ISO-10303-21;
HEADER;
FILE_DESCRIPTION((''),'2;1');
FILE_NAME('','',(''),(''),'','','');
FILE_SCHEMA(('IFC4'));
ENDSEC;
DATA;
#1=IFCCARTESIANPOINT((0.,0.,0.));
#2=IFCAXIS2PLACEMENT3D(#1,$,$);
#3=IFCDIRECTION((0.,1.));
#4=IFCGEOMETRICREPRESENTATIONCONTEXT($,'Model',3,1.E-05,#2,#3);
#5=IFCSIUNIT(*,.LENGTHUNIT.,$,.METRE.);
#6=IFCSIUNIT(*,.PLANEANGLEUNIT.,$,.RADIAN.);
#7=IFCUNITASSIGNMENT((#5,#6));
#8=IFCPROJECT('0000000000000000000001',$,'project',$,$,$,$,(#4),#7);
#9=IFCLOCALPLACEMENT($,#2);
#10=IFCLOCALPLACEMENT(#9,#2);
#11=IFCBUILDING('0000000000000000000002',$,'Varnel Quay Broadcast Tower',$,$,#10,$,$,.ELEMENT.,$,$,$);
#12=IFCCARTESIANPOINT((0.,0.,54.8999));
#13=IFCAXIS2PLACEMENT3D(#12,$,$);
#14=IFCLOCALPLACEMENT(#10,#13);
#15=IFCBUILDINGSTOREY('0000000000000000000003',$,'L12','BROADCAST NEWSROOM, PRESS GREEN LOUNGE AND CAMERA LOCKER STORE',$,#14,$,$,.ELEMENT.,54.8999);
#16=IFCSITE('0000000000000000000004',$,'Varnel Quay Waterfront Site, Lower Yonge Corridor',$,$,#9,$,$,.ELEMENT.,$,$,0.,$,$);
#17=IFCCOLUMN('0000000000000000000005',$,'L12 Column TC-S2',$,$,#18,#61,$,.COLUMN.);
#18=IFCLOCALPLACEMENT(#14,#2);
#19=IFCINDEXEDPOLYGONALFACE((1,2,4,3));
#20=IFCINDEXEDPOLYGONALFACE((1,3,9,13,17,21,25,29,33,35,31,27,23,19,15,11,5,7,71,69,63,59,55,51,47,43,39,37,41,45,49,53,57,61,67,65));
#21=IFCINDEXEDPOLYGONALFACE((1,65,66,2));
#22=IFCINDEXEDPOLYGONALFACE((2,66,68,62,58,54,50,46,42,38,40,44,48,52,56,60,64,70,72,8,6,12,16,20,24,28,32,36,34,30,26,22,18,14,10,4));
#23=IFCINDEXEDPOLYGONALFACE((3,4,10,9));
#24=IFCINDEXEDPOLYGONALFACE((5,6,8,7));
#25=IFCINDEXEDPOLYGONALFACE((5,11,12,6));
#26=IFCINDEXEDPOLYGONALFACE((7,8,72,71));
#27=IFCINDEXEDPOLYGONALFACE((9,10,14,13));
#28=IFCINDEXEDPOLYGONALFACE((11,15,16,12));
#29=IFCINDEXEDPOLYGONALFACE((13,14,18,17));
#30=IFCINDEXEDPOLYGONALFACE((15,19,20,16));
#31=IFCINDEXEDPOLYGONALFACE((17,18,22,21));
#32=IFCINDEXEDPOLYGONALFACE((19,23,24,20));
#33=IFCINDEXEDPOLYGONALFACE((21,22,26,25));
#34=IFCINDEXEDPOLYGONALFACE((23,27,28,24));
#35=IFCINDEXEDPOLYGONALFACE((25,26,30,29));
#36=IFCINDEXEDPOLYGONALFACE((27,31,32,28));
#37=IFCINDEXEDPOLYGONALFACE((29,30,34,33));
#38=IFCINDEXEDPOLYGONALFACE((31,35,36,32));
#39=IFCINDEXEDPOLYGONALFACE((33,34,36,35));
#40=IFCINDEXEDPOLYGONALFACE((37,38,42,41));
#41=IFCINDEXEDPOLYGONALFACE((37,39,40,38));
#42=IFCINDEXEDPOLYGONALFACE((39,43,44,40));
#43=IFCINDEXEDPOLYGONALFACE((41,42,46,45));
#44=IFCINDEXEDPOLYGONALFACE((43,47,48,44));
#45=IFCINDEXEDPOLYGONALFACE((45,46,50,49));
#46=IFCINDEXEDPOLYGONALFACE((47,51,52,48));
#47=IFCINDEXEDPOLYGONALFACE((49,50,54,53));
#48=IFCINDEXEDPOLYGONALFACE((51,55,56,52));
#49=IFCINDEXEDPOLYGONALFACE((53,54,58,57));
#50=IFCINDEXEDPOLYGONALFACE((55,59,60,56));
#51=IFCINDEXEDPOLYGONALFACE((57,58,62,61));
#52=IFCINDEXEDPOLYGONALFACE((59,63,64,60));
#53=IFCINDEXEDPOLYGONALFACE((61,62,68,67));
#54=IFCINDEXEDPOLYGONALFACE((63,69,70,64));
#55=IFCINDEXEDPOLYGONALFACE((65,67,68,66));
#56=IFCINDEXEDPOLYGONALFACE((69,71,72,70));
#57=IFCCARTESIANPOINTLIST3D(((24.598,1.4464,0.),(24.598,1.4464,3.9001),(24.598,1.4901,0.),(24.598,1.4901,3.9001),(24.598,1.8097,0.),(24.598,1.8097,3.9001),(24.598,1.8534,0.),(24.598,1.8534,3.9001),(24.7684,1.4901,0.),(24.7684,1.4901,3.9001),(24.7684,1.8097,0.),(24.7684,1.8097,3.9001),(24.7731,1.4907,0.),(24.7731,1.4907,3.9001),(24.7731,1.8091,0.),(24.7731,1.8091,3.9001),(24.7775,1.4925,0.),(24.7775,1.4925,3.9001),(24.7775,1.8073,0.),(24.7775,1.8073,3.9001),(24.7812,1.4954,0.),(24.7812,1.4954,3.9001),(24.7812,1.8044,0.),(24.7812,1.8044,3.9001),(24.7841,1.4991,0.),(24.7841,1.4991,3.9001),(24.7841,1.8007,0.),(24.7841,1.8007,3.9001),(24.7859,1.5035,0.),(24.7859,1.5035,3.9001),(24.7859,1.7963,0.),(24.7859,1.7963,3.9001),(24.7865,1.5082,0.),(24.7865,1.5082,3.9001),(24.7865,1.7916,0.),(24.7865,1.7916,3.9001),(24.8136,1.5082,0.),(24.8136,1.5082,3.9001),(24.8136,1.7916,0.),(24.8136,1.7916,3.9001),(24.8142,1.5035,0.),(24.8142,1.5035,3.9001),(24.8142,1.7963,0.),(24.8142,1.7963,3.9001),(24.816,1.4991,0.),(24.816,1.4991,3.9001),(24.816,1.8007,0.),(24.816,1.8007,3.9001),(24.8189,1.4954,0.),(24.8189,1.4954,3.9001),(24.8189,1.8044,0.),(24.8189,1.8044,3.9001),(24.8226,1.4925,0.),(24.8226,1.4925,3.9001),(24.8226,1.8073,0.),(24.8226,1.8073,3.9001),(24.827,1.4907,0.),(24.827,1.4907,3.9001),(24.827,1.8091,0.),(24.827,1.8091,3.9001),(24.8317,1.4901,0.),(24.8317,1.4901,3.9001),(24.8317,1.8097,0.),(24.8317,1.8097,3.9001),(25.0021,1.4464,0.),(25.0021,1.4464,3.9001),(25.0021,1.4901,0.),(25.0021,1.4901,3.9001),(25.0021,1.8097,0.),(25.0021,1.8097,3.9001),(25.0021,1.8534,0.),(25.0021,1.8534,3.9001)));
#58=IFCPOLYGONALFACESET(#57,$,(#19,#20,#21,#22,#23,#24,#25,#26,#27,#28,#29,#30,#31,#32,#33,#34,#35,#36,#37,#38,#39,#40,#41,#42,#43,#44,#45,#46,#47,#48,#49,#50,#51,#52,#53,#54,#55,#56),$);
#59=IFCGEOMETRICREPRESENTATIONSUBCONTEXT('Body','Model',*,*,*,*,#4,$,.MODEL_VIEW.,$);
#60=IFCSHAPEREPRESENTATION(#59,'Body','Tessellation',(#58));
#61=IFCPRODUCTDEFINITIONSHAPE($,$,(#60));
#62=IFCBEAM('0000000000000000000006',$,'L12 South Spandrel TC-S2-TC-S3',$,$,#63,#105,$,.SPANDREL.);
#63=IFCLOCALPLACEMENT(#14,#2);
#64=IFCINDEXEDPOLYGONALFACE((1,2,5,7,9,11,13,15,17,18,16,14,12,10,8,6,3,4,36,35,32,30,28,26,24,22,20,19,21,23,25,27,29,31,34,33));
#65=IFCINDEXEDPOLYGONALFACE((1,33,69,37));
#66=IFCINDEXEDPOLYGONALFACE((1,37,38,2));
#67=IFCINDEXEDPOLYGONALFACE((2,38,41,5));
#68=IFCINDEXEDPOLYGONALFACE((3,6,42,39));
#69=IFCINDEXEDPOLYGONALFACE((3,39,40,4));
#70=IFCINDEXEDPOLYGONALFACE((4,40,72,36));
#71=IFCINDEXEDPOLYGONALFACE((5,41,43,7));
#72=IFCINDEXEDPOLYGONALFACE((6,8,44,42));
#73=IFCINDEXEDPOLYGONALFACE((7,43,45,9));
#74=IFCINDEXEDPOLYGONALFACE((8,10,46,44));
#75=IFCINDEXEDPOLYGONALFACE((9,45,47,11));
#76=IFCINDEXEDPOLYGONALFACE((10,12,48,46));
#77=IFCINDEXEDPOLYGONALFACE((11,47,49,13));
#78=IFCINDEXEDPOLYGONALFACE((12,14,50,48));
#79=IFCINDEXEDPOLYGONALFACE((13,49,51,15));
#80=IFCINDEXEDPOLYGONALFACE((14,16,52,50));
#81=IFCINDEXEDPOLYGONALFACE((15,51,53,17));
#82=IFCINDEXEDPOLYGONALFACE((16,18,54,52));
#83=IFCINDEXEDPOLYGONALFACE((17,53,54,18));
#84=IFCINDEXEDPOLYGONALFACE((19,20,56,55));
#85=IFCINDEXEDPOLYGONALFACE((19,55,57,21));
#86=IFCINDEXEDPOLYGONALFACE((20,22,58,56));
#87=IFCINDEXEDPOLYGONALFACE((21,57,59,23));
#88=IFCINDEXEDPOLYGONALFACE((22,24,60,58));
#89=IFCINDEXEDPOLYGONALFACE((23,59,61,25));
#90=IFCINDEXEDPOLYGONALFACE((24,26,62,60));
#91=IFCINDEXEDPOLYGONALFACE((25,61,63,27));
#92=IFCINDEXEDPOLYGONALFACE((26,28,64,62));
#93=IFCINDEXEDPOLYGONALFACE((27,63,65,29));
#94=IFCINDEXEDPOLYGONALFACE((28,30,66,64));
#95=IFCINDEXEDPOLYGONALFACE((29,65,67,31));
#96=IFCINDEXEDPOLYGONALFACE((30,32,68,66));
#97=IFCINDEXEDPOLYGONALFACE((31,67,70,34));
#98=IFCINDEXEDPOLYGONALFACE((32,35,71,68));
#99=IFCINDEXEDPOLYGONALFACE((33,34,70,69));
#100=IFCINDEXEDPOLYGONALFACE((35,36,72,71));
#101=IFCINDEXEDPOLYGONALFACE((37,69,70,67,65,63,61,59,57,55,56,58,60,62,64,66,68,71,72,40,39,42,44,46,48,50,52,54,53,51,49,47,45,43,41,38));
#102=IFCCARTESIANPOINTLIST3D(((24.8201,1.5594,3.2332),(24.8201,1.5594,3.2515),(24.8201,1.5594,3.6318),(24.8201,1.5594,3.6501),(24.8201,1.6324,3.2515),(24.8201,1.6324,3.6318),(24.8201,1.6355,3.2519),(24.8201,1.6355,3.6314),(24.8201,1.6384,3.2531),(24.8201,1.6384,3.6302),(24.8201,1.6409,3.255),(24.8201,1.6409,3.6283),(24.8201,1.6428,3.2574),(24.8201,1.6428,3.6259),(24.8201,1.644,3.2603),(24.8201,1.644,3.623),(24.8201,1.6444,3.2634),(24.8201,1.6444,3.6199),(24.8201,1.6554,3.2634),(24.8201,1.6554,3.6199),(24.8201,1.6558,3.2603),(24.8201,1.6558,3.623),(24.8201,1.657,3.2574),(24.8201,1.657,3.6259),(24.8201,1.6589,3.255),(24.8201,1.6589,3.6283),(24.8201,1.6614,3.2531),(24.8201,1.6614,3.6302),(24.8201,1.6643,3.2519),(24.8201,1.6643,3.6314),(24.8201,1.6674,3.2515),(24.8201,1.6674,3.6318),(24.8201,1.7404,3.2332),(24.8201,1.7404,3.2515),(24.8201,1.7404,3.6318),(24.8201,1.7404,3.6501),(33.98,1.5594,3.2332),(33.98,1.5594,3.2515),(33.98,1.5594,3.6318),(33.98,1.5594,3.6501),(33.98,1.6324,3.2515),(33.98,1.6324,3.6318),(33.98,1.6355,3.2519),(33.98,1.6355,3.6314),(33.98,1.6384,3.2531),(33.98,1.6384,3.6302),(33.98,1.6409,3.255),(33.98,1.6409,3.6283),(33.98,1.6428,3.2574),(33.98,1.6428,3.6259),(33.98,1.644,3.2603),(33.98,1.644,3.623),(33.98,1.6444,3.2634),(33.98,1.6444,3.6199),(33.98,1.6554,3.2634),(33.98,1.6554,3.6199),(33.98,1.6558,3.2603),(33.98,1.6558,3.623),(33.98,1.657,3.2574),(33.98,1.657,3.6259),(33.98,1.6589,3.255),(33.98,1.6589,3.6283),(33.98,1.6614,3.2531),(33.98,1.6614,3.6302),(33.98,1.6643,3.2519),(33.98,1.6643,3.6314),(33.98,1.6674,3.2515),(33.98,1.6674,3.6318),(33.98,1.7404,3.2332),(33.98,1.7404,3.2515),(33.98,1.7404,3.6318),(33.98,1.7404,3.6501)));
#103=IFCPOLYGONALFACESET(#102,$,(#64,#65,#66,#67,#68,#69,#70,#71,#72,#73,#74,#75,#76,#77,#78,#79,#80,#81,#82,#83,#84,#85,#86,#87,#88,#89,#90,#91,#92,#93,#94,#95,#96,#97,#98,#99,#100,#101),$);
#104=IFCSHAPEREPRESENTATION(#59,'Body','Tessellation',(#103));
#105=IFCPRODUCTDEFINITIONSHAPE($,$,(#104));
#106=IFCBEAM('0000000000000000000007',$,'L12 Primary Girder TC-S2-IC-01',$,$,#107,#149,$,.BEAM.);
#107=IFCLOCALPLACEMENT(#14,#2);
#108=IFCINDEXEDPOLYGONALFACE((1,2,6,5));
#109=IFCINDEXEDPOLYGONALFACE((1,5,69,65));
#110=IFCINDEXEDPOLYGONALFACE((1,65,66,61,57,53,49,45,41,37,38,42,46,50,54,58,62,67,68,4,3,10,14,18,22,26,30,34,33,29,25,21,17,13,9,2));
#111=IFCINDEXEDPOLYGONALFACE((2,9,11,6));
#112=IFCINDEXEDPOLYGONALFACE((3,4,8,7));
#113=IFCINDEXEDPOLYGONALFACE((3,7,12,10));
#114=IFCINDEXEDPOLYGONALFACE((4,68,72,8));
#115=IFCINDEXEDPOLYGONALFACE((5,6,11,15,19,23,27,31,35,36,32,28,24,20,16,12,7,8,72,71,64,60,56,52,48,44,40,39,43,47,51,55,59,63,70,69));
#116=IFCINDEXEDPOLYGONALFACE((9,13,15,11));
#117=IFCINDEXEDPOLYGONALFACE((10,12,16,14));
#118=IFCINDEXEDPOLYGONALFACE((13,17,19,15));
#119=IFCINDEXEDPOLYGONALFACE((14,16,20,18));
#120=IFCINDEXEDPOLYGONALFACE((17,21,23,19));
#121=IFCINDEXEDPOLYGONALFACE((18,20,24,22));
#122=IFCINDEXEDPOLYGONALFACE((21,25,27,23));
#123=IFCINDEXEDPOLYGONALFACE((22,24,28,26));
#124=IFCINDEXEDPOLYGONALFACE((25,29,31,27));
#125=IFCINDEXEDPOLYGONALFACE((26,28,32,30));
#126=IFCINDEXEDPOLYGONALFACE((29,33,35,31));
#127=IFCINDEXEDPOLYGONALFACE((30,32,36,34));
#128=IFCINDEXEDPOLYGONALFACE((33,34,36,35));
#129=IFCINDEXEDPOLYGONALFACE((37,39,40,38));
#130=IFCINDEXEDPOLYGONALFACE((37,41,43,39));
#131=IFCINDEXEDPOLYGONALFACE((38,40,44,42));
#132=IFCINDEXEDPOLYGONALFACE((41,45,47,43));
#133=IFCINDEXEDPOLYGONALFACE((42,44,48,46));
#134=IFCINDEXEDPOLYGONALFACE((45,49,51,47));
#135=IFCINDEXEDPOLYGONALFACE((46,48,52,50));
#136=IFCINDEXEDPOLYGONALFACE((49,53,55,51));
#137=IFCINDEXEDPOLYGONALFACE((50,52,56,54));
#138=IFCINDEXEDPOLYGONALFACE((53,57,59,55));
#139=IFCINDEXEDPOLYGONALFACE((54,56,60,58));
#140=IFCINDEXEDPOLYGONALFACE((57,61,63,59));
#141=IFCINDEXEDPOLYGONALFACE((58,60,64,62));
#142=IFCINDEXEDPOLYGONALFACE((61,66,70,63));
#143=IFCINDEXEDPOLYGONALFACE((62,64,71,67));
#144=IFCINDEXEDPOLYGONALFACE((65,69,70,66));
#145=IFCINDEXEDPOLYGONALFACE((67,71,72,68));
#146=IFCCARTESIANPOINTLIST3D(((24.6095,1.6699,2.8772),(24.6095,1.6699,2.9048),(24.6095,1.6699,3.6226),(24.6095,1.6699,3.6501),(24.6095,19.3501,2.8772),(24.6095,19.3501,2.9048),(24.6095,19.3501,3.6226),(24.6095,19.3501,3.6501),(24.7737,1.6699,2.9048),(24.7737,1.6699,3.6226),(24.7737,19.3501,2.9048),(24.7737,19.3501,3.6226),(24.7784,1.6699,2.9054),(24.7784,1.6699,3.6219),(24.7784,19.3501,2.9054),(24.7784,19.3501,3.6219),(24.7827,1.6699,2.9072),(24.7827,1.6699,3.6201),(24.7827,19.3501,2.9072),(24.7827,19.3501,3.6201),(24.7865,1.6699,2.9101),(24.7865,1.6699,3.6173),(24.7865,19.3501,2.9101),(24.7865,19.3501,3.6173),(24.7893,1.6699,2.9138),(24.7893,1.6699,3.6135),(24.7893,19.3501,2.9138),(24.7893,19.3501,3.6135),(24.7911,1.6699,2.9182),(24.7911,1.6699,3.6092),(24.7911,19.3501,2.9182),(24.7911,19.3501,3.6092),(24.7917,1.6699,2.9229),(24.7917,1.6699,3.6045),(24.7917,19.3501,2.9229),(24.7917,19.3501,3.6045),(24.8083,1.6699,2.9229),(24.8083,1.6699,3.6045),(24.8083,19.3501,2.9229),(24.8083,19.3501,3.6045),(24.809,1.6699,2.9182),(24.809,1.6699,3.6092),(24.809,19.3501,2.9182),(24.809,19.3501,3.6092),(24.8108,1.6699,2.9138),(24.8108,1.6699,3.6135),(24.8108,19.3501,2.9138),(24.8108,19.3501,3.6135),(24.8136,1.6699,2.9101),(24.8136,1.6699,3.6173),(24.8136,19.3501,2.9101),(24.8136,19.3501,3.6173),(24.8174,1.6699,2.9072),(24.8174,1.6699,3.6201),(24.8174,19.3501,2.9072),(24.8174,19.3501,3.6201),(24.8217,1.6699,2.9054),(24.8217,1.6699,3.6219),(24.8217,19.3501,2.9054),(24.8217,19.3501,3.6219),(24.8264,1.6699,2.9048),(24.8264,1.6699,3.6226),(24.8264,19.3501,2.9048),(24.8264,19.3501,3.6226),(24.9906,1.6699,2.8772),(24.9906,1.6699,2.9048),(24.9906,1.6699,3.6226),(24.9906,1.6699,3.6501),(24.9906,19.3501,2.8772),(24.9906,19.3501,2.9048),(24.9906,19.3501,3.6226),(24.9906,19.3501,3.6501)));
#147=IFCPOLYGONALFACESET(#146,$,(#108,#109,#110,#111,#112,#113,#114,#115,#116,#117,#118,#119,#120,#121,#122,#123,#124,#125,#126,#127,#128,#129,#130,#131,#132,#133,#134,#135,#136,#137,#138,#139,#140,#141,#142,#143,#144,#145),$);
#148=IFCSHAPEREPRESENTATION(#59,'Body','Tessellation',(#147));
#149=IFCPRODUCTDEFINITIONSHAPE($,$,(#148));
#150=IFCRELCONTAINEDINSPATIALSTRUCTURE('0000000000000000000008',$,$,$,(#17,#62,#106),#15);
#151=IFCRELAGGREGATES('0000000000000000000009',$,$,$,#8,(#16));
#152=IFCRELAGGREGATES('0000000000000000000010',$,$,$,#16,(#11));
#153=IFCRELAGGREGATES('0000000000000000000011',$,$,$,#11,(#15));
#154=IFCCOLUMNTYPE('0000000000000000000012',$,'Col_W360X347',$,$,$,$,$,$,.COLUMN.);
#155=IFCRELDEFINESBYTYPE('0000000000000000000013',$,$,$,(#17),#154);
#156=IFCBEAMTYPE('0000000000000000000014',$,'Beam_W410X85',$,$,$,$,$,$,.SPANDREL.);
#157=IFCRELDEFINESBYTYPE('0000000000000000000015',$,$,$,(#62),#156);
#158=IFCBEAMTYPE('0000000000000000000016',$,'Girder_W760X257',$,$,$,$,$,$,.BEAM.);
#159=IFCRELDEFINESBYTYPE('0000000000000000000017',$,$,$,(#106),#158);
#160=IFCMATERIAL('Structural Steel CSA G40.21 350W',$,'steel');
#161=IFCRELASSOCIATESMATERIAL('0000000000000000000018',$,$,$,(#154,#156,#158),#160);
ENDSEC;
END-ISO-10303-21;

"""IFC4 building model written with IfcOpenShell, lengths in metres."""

from ifc_helpers import new_model, si_unit, direction, frame, origin, origin_2d, place, context, subcontext, project, spatial, i_section, extrude, source, transform, mapped, material, material_profile, profile_set, type_object, type_shapes, element, save


model = new_model("IFC4")

# Units and contexts
model_context = context("Model", 3, precision=1e-05, world=origin(), true_north=direction((0.0, 1.0)))
body_context = subcontext(model_context, "Body", "Model", "MODEL_VIEW")
ifc_project = project(units=[si_unit("LENGTHUNIT", "METRE"), si_unit("PLANEANGLEUNIT", "RADIAN")], contexts=[model_context])

# Site, building, storey
site_placement = place(None, origin())
site = spatial("IfcSite", under=ifc_project, at=site_placement, Name="Varnel Quay Waterfront Site, Lower Yonge Corridor", CompositionType="ELEMENT", RefElevation=0.0)
building_placement = place(site_placement, origin())
building = spatial("IfcBuilding", under=site, at=building_placement, Name="Varnel Quay Broadcast Tower", CompositionType="ELEMENT")
storey_placement = place(building_placement, frame((0.0, 0.0, 54.8999)))
storey = spatial("IfcBuildingStorey", under=building, at=storey_placement, Name="L12", Description="BROADCAST NEWSROOM, PRESS GREEN LOUNGE AND CAMERA LOCKER STORE", CompositionType="ELEMENT", Elevation=54.8999)

# Column
ifc_material_1 = material(Name="Structural Steel CSA G40.21 350W", Category="steel")
ifc_material_profile_1 = material_profile(ifc_material_1, i_section(OverallWidth=0.4041, OverallDepth=0.407, WebThickness=0.0271, FlangeThickness=0.0437, FilletRadius=0.0181, at=origin_2d()), Name="W360X347")
ifc_profile_set_1 = profile_set([ifc_material_profile_1], Name="Structural Steel CSA G40.21 350W")
column_type = type_object("IfcColumnType", Name="Col_W360X347", PredefinedType="COLUMN", material=ifc_profile_set_1)
shared_shape_1 = source(origin(), body_context, "Body", "SweptSolid", [
    extrude(i_section(OverallWidth=0.4041, OverallDepth=0.407, WebThickness=0.0271, FlangeThickness=0.0437, FilletRadius=0.0181, at=origin_2d()), origin(), (0.0, 0.0, 1.0), 3.9001),
])
type_shapes(column_type, [shared_shape_1])
column_placement = place(storey_placement, frame((24.8, 1.6499, 0.0), z_axis=(0.0, 0.0, 1.0), x_axis=(1.0, 0.0, 0.0)))
element("IfcColumn", 1, at=column_placement, inside=storey, type_object=column_type, Name="L12 Column TC-S2", PredefinedType="COLUMN", context=body_context, shape_type="MappedRepresentation", body=[
    mapped(shared_shape_1, transform((0.0, 0.0, 0.0), x_axis=(1.0, 0.0, 0.0), y_axis=(0.0, 1.0, 0.0), z_axis=(0.0, 0.0, 1.0), scale=1.0)),
])

# Beams
ifc_material_profile_2 = material_profile(ifc_material_1, i_section(OverallWidth=0.1809, OverallDepth=0.417, WebThickness=0.011, FlangeThickness=0.0183, FilletRadius=0.012, at=origin_2d()), Name="W410X85")
ifc_profile_set_2 = profile_set([ifc_material_profile_2], Name="Structural Steel CSA G40.21 350W")
beam_type_1 = type_object("IfcBeamType", Name="Beam_W410X85", PredefinedType="SPANDREL", material=ifc_profile_set_2)
shared_shape_2 = source(origin(), body_context, "Body", "SweptSolid", [
    extrude(i_section(OverallWidth=0.1809, OverallDepth=0.417, WebThickness=0.011, FlangeThickness=0.0183, FilletRadius=0.012, at=origin_2d()), origin(), (0.0, 0.0, 1.0), 9.1599),
])
type_shapes(beam_type_1, [shared_shape_2])
beam_1_placement = place(storey_placement, frame((24.8201, 1.6499, 3.4417), z_axis=(1.0, 0.0, 0.0), x_axis=(0.0, 1.0, 0.0)))
element("IfcBeam", 2, at=beam_1_placement, inside=storey, type_object=beam_type_1, Name="L12 South Spandrel TC-S2-TC-S3", PredefinedType="SPANDREL", context=body_context, shape_type="MappedRepresentation", body=[
    mapped(shared_shape_2, transform((0.0, 0.0, 0.0), x_axis=(1.0, 0.0, 0.0), y_axis=(0.0, 1.0, 0.0), z_axis=(0.0, 0.0, 1.0), scale=1.0)),
])
ifc_material_profile_3 = material_profile(ifc_material_1, i_section(OverallWidth=0.3811, OverallDepth=0.7729, WebThickness=0.0166, FlangeThickness=0.0276, FilletRadius=0.0181, at=origin_2d()), Name="W760X257")
ifc_profile_set_3 = profile_set([ifc_material_profile_3], Name="Structural Steel CSA G40.21 350W")
beam_type_2 = type_object("IfcBeamType", Name="Girder_W760X257", PredefinedType="BEAM", material=ifc_profile_set_3)
shared_shape_3 = source(origin(), body_context, "Body", "SweptSolid", [
    extrude(i_section(OverallWidth=0.3811, OverallDepth=0.7729, WebThickness=0.0166, FlangeThickness=0.0276, FilletRadius=0.0181, at=origin_2d()), origin(), (0.0, 0.0, 1.0), 17.6802),
])
type_shapes(beam_type_2, [shared_shape_3])
beam_2_placement = place(storey_placement, frame((24.8, 1.6699, 3.2637), z_axis=(0.0, 1.0, 0.0), x_axis=(-1.0, 0.0, 0.0)))
element("IfcBeam", 3, at=beam_2_placement, inside=storey, type_object=beam_type_2, Name="L12 Primary Girder TC-S2-IC-01", PredefinedType="BEAM", context=body_context, shape_type="MappedRepresentation", body=[
    mapped(shared_shape_3, transform((0.0, 0.0, 0.0), x_axis=(1.0, 0.0, 0.0), y_axis=(0.0, 1.0, 0.0), z_axis=(0.0, 0.0, 1.0), scale=1.0)),
])

save(model, "model.ifc")
